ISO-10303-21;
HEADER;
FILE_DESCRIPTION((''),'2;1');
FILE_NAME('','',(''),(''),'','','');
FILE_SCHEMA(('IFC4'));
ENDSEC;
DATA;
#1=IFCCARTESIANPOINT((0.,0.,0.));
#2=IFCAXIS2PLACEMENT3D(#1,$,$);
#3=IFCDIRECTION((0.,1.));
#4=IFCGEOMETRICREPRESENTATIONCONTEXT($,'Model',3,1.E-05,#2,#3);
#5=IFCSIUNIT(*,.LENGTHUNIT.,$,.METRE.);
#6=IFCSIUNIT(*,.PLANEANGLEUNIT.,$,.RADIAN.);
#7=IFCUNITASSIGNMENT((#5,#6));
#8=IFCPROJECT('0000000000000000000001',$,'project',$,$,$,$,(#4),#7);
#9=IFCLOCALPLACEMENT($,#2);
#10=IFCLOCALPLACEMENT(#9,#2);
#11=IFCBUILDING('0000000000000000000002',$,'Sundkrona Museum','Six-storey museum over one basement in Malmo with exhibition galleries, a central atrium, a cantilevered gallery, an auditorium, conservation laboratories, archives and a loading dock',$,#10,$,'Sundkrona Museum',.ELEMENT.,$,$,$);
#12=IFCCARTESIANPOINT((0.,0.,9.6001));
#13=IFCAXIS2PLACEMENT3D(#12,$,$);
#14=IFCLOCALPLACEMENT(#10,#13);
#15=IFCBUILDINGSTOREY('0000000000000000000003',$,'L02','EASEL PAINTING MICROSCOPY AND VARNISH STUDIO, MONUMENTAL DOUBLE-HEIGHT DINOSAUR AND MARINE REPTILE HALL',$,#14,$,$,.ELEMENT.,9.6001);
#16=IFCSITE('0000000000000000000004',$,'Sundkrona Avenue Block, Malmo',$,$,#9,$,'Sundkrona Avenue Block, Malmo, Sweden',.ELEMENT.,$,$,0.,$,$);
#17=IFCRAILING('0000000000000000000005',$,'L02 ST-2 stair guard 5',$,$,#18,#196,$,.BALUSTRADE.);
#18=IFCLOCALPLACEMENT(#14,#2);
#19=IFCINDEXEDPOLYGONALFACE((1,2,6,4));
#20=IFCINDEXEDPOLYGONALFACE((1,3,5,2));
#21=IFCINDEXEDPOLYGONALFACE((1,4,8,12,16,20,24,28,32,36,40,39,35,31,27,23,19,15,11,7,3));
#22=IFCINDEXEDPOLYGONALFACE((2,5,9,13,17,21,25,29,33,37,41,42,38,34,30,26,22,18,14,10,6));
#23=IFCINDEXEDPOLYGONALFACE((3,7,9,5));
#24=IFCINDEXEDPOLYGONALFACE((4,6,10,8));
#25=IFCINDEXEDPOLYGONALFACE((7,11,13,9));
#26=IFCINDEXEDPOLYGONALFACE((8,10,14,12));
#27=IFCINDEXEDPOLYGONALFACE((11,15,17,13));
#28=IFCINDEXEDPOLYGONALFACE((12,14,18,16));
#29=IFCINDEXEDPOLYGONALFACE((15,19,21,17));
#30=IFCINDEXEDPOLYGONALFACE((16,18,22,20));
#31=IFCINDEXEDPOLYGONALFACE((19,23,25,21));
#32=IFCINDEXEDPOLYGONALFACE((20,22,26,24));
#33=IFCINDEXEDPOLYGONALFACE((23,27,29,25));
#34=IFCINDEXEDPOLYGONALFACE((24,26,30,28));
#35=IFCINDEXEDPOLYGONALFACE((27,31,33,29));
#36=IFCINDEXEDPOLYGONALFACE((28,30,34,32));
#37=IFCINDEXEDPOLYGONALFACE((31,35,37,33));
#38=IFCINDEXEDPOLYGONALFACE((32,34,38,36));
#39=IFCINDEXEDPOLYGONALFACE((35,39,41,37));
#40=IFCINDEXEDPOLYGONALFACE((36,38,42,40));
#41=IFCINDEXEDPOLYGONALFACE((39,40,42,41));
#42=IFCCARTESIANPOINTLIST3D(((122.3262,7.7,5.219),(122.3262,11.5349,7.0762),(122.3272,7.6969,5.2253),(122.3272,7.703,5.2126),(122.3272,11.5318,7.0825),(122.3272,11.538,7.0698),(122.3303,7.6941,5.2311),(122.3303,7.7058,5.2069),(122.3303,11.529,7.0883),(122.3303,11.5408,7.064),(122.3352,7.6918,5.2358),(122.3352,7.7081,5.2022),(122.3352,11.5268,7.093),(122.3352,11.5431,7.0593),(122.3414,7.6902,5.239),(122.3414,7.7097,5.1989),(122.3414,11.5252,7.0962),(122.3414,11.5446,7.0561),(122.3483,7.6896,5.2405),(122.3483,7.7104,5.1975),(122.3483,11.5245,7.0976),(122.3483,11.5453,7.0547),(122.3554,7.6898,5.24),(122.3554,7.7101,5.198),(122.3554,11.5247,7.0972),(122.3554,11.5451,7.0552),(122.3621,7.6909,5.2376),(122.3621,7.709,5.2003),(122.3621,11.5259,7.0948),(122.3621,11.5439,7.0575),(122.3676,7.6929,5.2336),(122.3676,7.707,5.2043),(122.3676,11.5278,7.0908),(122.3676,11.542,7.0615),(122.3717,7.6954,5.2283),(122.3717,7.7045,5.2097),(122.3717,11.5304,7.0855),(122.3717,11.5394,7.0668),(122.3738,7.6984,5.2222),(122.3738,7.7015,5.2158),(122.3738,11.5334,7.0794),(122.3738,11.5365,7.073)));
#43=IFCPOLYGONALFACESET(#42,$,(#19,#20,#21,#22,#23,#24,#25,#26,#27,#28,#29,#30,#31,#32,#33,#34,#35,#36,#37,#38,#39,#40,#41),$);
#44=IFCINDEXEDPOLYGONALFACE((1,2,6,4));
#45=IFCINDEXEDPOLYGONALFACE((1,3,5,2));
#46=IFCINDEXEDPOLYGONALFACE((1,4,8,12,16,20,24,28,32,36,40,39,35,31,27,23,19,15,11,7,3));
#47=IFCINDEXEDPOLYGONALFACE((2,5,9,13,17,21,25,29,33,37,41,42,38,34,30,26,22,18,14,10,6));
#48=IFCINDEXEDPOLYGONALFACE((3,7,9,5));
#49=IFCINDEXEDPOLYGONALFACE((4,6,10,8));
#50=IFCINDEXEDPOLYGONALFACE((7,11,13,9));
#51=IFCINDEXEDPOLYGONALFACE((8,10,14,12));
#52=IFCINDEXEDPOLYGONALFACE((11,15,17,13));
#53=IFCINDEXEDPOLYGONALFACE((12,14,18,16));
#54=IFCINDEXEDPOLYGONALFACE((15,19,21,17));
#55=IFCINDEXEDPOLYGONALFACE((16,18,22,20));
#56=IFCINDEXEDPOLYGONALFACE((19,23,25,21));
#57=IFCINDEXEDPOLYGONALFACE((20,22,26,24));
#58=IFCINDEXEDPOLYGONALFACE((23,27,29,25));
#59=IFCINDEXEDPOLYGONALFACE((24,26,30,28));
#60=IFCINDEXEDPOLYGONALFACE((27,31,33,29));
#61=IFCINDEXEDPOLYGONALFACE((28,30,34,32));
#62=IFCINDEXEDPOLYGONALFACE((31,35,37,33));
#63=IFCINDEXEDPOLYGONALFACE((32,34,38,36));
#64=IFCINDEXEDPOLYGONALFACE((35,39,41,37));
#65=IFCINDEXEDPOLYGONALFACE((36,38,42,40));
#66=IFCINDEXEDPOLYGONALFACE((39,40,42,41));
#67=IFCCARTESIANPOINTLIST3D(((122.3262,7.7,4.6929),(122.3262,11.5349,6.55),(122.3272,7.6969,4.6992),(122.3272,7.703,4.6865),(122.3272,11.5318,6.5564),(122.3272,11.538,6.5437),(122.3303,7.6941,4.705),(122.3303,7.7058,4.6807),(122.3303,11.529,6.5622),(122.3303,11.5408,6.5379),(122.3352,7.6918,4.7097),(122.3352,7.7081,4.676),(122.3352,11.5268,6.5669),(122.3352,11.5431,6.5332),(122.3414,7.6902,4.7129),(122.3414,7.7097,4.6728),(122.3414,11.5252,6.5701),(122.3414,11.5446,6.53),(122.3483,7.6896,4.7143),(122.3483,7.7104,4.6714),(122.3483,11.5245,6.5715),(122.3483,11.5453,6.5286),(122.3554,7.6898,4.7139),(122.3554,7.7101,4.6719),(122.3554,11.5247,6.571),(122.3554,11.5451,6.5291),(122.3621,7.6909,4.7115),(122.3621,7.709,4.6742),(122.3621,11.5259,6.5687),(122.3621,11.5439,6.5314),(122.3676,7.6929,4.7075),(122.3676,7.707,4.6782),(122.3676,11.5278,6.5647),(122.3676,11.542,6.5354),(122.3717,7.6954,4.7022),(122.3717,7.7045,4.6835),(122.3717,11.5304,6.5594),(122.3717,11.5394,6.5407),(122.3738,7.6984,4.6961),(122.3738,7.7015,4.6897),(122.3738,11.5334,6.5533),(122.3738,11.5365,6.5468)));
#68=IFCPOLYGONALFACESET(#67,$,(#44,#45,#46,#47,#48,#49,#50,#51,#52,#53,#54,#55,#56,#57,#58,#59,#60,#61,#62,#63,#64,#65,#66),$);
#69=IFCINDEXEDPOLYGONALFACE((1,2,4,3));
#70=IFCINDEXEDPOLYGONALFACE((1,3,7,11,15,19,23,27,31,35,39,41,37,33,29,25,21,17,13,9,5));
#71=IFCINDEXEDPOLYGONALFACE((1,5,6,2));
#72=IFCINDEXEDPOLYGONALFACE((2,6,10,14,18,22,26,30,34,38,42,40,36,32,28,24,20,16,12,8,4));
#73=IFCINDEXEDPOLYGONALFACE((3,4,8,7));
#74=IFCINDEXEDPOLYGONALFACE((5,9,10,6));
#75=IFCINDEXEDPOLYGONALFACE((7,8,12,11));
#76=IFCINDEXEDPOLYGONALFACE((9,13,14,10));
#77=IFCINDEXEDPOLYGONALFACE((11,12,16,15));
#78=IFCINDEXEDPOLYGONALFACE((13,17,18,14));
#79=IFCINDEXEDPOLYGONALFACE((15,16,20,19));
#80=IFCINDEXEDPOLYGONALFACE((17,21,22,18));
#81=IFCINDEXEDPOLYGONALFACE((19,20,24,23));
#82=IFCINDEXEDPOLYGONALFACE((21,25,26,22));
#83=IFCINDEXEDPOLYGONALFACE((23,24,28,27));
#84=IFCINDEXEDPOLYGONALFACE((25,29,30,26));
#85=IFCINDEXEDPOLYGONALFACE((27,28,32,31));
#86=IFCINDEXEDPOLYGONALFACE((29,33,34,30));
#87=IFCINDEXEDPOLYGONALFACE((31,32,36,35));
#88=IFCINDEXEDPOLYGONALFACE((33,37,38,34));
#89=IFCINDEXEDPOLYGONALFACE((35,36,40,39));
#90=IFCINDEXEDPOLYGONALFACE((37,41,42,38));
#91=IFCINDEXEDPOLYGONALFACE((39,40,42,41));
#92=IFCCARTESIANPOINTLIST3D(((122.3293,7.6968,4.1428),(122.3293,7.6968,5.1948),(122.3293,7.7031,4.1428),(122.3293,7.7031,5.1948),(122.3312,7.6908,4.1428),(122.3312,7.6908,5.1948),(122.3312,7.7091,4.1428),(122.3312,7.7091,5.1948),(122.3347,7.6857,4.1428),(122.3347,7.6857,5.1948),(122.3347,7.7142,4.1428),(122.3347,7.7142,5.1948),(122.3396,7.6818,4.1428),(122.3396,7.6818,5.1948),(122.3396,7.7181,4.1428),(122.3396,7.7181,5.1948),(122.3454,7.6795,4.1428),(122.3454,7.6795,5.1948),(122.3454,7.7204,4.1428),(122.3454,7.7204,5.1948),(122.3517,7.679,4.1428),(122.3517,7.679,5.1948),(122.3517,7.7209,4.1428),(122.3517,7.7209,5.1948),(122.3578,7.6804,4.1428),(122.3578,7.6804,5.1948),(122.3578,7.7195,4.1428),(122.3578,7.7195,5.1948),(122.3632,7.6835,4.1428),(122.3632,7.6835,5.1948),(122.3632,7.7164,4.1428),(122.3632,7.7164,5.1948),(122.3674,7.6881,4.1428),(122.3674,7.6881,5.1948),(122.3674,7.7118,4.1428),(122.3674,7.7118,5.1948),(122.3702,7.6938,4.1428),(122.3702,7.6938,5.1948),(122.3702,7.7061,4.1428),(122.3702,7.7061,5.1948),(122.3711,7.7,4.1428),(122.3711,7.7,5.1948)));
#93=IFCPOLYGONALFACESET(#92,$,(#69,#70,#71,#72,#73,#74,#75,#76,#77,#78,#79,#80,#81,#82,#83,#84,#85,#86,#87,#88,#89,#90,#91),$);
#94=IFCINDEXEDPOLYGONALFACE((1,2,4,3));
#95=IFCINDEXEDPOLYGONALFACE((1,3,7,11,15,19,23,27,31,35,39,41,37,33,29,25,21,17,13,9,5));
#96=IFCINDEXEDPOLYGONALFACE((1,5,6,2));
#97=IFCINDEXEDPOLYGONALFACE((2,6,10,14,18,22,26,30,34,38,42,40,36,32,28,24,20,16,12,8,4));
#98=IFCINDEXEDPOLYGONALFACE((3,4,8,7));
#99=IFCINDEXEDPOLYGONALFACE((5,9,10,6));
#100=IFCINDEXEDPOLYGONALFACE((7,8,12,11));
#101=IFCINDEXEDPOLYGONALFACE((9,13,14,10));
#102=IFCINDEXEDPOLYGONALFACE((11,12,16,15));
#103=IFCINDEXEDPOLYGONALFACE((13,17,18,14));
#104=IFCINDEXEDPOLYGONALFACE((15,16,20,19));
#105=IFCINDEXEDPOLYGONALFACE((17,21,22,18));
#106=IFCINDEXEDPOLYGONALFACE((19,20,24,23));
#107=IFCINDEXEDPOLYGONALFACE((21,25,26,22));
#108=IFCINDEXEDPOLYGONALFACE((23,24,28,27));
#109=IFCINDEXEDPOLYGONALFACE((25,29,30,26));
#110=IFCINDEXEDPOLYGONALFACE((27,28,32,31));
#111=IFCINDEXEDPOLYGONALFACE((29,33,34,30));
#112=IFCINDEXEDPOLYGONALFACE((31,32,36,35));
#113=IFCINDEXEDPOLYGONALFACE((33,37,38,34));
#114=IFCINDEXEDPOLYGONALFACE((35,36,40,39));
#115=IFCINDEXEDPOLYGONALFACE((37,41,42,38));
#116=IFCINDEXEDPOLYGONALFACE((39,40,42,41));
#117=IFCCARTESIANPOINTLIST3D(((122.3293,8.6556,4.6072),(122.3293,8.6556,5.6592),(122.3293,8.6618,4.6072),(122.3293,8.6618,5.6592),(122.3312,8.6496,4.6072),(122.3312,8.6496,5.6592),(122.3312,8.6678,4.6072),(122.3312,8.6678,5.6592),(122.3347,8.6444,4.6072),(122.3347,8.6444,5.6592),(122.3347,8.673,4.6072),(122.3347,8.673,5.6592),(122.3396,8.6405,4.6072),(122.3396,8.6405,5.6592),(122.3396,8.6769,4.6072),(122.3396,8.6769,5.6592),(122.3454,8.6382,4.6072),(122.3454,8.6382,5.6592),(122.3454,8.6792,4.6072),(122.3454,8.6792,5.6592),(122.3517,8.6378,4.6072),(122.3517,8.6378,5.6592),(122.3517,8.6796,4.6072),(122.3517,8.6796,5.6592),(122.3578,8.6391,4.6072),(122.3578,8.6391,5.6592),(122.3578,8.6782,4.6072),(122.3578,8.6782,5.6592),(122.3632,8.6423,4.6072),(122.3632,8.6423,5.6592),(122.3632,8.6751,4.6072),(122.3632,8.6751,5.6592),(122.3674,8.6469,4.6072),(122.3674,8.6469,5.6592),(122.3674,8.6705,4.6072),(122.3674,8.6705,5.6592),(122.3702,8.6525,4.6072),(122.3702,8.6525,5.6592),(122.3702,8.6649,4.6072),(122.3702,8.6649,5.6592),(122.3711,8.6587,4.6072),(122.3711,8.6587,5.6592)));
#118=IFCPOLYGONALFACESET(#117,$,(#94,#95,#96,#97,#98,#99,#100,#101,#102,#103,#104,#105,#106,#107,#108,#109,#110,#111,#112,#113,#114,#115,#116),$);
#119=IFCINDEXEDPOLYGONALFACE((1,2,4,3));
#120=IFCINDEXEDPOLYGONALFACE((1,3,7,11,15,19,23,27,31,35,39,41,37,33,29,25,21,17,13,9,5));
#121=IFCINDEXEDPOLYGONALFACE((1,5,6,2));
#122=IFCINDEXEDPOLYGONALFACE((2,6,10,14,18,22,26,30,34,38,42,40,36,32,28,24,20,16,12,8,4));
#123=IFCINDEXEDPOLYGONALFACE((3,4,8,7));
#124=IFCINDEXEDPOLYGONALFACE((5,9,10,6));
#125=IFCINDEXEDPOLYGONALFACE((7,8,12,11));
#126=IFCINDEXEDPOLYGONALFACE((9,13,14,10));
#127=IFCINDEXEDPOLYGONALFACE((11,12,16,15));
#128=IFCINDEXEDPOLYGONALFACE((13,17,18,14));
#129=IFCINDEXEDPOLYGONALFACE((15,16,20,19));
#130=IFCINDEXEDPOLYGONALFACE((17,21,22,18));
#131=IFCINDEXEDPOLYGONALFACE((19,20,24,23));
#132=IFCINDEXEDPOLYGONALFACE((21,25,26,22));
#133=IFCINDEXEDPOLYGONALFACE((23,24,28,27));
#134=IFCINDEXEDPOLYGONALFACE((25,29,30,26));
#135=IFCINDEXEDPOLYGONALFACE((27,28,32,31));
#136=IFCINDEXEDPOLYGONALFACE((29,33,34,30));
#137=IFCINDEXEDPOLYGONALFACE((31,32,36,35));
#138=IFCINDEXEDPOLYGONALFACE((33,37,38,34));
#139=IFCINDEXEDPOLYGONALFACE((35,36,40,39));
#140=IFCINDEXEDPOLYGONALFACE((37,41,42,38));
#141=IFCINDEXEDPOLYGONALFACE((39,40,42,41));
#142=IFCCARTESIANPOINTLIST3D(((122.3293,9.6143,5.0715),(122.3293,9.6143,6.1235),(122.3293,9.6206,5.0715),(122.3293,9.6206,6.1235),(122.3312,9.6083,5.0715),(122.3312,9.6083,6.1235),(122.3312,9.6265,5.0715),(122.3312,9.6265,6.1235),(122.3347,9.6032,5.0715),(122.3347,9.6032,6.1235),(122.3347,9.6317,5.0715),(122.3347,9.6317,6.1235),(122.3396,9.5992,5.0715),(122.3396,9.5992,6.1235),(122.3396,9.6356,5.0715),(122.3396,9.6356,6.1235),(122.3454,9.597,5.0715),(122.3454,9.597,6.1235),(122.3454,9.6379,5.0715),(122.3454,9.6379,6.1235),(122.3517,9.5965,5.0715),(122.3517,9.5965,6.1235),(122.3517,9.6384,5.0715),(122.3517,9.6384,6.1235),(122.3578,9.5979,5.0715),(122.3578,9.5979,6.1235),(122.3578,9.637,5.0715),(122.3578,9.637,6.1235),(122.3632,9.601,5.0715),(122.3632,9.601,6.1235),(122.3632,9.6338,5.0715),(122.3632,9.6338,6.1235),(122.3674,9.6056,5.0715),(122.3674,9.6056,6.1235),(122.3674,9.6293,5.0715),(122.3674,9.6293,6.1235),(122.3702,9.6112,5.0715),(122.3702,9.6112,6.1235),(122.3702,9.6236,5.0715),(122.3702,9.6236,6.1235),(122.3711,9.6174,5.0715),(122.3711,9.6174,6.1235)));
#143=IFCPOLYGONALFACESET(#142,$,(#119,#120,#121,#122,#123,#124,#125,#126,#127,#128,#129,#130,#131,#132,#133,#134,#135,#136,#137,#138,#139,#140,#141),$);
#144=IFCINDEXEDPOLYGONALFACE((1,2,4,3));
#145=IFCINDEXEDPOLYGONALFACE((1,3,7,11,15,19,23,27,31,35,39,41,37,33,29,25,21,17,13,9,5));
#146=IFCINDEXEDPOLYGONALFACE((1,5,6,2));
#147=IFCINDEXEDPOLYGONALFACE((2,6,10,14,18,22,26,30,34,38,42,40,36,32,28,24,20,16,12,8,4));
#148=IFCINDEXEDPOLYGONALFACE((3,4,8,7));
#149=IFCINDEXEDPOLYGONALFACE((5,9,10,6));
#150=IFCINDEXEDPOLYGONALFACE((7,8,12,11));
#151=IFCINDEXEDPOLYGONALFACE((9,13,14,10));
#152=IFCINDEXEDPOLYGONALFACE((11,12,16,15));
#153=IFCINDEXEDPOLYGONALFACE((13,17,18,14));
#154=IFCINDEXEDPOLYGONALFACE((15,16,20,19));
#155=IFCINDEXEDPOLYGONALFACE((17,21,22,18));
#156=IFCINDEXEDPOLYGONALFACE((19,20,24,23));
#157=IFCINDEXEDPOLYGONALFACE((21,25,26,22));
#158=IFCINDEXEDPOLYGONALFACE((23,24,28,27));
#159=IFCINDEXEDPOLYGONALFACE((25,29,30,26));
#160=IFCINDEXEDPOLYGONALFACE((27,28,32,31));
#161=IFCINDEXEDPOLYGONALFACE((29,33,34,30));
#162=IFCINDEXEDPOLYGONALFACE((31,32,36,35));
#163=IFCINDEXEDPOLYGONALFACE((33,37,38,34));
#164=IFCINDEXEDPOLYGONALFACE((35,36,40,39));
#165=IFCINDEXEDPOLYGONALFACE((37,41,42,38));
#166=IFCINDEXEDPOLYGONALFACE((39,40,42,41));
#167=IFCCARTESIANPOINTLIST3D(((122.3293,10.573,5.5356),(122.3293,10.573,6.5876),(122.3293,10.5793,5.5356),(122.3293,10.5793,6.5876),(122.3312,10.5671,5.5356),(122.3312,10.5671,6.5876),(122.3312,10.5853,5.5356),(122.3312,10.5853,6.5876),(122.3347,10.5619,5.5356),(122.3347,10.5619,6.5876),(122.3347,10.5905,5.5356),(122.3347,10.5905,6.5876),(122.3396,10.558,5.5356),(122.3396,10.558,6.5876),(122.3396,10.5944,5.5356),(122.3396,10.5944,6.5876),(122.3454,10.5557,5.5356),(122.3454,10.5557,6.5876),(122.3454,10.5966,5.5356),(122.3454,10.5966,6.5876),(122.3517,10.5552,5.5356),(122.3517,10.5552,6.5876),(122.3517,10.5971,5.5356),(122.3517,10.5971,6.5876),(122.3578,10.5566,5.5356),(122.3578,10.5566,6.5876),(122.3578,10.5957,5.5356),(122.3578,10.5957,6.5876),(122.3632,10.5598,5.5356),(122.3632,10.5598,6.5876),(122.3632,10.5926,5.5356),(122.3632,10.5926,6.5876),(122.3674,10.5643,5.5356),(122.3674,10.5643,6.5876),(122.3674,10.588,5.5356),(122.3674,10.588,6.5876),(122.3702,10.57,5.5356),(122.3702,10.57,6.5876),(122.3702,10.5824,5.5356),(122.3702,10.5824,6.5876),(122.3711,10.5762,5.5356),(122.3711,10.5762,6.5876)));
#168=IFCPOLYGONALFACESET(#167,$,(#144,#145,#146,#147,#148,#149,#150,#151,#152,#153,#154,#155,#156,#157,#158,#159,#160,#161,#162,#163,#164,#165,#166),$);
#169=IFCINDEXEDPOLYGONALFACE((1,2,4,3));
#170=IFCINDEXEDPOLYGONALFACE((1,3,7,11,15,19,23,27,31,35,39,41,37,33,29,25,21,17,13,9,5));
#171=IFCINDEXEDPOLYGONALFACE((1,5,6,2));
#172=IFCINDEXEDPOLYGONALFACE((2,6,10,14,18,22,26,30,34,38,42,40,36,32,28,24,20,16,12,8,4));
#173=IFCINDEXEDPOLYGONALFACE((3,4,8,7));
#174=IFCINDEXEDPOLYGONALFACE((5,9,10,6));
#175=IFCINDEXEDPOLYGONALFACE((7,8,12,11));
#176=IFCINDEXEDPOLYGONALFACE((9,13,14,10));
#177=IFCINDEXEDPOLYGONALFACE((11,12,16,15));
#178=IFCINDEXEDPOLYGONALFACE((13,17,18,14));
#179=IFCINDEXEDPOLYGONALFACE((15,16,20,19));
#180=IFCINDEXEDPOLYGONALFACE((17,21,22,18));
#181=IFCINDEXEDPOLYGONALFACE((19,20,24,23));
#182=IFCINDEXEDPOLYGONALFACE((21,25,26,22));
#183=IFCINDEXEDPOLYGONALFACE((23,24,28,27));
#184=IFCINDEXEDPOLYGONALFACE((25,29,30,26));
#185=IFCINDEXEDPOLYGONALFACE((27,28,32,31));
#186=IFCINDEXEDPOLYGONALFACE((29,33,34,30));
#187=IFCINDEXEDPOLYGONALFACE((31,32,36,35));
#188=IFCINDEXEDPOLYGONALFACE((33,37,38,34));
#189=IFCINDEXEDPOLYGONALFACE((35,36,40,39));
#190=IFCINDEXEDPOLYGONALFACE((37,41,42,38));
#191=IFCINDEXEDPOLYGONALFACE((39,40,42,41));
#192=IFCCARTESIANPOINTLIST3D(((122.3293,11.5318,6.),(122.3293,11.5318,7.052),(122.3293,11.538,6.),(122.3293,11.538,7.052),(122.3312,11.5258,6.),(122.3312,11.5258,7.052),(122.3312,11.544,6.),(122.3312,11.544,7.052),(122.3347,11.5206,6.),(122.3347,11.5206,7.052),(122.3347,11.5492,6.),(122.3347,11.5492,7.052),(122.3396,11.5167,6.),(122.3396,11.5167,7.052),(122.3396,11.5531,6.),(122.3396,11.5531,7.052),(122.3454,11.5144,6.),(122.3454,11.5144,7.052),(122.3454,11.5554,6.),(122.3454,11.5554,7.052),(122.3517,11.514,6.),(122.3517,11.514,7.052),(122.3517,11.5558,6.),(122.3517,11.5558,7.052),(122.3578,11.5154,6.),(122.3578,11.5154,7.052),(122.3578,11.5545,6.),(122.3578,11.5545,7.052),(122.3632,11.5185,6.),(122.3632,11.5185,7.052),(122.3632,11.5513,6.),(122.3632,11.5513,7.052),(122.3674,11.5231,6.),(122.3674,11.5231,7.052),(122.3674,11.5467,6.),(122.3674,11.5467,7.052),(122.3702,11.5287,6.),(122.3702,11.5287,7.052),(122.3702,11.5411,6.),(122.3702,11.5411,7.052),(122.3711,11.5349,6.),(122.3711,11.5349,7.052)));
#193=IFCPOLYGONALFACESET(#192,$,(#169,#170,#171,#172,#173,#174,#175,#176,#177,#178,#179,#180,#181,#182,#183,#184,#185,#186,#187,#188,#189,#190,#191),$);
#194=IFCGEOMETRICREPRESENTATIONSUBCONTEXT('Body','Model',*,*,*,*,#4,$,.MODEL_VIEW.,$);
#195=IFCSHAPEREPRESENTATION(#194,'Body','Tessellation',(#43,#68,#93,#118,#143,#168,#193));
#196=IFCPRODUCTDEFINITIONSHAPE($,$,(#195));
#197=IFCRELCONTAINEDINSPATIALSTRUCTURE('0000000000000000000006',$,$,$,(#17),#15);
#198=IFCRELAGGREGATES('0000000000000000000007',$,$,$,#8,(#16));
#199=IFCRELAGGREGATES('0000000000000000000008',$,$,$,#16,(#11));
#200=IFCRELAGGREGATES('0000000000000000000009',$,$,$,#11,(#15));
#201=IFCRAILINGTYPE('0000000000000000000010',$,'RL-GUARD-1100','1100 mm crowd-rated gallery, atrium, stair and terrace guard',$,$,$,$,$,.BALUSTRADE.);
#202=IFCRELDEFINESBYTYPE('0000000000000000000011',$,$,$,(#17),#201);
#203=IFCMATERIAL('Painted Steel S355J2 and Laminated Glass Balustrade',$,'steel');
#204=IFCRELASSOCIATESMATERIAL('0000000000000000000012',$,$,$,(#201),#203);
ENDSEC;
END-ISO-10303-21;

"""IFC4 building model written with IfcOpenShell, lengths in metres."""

from ifc_helpers import new_model, si_unit, direction, frame, origin, origin_2d, place, context, subcontext, project, spatial, circle, extrude, material, type_object, element, save


model = new_model("IFC4")

# Units and contexts
model_context = context("Model", 3, precision=1e-05, world=origin(), true_north=direction((0.0, 1.0)))
body_context = subcontext(model_context, "Body", "Model", "MODEL_VIEW")
ifc_project = project(units=[si_unit("LENGTHUNIT", "METRE"), si_unit("PLANEANGLEUNIT", "RADIAN")], contexts=[model_context])

# Site, building, storey
site_placement = place(None, origin())
site = spatial("IfcSite", under=ifc_project, at=site_placement, Name="Sundkrona Avenue Block, Malmo", LongName="Sundkrona Avenue Block, Malmo, Sweden", CompositionType="ELEMENT", RefElevation=0.0)
building_placement = place(site_placement, origin())
building = spatial("IfcBuilding", under=site, at=building_placement, Name="Sundkrona Museum", Description="Six-storey museum over one basement in Malmo with exhibition galleries, a central atrium, a cantilevered gallery, an auditorium, conservation laboratories, archives and a loading dock", LongName="Sundkrona Museum", CompositionType="ELEMENT")
storey_placement = place(building_placement, frame((0.0, 0.0, 9.6001)))
storey = spatial("IfcBuildingStorey", under=building, at=storey_placement, Name="L02", Description="EASEL PAINTING MICROSCOPY AND VARNISH STUDIO, MONUMENTAL DOUBLE-HEIGHT DINOSAUR AND MARINE REPTILE HALL", CompositionType="ELEMENT", Elevation=9.6001)

# Railing
ifc_material_1 = material(Name="Painted Steel S355J2 and Laminated Glass Balustrade", Category="steel")
railing_type_1 = type_object("IfcRailingType", Name="RL-GUARD-1100", Description="1100 mm crowd-rated gallery, atrium, stair and terrace guard", PredefinedType="BALUSTRADE", material=ifc_material_1)
for number, where, name in (
    (1, (122.3501, 7.7, 4.1428), "L02 ST-2 stair guard 5"),
):
    element("IfcRailing", number, at=place(storey_placement, frame(where)), inside=storey, type_object=railing_type_1, Name=name, PredefinedType="BALUSTRADE", context=body_context, shape_type="SweptSolid", body=[
        extrude(circle(Radius=0.0239, at=origin_2d()), frame((0.0, 0.0, 1.0762), z_axis=(0.0, 0.900016, 0.435856), x_axis=(-1.0, 0.0, 0.0)), (0.0, 0.0, 1.0), 4.261),
        extrude(circle(Radius=0.0239, at=origin_2d()), frame((0.0, 0.0, 0.55), z_axis=(0.0, 0.900016, 0.435856), x_axis=(-1.0, 0.0, 0.0)), (0.0, 0.0, 1.0), 4.261),
        extrude(circle(Radius=0.021, at=origin_2d()), origin(), (0.0, 0.0, 1.0), 1.052),
        extrude(circle(Radius=0.021, at=origin_2d()), frame((0.0, 0.9587, 0.4644)), (0.0, 0.0, 1.0), 1.052),
        extrude(circle(Radius=0.021, at=origin_2d()), frame((0.0, 1.9175, 0.9287)), (0.0, 0.0, 1.0), 1.052),
        extrude(circle(Radius=0.021, at=origin_2d()), frame((0.0, 2.8762, 1.3928)), (0.0, 0.0, 1.0), 1.052),
        extrude(circle(Radius=0.021, at=origin_2d()), frame((0.0, 3.835, 1.8572)), (0.0, 0.0, 1.0), 1.052),
    ])

save(model, "model.ifc")
